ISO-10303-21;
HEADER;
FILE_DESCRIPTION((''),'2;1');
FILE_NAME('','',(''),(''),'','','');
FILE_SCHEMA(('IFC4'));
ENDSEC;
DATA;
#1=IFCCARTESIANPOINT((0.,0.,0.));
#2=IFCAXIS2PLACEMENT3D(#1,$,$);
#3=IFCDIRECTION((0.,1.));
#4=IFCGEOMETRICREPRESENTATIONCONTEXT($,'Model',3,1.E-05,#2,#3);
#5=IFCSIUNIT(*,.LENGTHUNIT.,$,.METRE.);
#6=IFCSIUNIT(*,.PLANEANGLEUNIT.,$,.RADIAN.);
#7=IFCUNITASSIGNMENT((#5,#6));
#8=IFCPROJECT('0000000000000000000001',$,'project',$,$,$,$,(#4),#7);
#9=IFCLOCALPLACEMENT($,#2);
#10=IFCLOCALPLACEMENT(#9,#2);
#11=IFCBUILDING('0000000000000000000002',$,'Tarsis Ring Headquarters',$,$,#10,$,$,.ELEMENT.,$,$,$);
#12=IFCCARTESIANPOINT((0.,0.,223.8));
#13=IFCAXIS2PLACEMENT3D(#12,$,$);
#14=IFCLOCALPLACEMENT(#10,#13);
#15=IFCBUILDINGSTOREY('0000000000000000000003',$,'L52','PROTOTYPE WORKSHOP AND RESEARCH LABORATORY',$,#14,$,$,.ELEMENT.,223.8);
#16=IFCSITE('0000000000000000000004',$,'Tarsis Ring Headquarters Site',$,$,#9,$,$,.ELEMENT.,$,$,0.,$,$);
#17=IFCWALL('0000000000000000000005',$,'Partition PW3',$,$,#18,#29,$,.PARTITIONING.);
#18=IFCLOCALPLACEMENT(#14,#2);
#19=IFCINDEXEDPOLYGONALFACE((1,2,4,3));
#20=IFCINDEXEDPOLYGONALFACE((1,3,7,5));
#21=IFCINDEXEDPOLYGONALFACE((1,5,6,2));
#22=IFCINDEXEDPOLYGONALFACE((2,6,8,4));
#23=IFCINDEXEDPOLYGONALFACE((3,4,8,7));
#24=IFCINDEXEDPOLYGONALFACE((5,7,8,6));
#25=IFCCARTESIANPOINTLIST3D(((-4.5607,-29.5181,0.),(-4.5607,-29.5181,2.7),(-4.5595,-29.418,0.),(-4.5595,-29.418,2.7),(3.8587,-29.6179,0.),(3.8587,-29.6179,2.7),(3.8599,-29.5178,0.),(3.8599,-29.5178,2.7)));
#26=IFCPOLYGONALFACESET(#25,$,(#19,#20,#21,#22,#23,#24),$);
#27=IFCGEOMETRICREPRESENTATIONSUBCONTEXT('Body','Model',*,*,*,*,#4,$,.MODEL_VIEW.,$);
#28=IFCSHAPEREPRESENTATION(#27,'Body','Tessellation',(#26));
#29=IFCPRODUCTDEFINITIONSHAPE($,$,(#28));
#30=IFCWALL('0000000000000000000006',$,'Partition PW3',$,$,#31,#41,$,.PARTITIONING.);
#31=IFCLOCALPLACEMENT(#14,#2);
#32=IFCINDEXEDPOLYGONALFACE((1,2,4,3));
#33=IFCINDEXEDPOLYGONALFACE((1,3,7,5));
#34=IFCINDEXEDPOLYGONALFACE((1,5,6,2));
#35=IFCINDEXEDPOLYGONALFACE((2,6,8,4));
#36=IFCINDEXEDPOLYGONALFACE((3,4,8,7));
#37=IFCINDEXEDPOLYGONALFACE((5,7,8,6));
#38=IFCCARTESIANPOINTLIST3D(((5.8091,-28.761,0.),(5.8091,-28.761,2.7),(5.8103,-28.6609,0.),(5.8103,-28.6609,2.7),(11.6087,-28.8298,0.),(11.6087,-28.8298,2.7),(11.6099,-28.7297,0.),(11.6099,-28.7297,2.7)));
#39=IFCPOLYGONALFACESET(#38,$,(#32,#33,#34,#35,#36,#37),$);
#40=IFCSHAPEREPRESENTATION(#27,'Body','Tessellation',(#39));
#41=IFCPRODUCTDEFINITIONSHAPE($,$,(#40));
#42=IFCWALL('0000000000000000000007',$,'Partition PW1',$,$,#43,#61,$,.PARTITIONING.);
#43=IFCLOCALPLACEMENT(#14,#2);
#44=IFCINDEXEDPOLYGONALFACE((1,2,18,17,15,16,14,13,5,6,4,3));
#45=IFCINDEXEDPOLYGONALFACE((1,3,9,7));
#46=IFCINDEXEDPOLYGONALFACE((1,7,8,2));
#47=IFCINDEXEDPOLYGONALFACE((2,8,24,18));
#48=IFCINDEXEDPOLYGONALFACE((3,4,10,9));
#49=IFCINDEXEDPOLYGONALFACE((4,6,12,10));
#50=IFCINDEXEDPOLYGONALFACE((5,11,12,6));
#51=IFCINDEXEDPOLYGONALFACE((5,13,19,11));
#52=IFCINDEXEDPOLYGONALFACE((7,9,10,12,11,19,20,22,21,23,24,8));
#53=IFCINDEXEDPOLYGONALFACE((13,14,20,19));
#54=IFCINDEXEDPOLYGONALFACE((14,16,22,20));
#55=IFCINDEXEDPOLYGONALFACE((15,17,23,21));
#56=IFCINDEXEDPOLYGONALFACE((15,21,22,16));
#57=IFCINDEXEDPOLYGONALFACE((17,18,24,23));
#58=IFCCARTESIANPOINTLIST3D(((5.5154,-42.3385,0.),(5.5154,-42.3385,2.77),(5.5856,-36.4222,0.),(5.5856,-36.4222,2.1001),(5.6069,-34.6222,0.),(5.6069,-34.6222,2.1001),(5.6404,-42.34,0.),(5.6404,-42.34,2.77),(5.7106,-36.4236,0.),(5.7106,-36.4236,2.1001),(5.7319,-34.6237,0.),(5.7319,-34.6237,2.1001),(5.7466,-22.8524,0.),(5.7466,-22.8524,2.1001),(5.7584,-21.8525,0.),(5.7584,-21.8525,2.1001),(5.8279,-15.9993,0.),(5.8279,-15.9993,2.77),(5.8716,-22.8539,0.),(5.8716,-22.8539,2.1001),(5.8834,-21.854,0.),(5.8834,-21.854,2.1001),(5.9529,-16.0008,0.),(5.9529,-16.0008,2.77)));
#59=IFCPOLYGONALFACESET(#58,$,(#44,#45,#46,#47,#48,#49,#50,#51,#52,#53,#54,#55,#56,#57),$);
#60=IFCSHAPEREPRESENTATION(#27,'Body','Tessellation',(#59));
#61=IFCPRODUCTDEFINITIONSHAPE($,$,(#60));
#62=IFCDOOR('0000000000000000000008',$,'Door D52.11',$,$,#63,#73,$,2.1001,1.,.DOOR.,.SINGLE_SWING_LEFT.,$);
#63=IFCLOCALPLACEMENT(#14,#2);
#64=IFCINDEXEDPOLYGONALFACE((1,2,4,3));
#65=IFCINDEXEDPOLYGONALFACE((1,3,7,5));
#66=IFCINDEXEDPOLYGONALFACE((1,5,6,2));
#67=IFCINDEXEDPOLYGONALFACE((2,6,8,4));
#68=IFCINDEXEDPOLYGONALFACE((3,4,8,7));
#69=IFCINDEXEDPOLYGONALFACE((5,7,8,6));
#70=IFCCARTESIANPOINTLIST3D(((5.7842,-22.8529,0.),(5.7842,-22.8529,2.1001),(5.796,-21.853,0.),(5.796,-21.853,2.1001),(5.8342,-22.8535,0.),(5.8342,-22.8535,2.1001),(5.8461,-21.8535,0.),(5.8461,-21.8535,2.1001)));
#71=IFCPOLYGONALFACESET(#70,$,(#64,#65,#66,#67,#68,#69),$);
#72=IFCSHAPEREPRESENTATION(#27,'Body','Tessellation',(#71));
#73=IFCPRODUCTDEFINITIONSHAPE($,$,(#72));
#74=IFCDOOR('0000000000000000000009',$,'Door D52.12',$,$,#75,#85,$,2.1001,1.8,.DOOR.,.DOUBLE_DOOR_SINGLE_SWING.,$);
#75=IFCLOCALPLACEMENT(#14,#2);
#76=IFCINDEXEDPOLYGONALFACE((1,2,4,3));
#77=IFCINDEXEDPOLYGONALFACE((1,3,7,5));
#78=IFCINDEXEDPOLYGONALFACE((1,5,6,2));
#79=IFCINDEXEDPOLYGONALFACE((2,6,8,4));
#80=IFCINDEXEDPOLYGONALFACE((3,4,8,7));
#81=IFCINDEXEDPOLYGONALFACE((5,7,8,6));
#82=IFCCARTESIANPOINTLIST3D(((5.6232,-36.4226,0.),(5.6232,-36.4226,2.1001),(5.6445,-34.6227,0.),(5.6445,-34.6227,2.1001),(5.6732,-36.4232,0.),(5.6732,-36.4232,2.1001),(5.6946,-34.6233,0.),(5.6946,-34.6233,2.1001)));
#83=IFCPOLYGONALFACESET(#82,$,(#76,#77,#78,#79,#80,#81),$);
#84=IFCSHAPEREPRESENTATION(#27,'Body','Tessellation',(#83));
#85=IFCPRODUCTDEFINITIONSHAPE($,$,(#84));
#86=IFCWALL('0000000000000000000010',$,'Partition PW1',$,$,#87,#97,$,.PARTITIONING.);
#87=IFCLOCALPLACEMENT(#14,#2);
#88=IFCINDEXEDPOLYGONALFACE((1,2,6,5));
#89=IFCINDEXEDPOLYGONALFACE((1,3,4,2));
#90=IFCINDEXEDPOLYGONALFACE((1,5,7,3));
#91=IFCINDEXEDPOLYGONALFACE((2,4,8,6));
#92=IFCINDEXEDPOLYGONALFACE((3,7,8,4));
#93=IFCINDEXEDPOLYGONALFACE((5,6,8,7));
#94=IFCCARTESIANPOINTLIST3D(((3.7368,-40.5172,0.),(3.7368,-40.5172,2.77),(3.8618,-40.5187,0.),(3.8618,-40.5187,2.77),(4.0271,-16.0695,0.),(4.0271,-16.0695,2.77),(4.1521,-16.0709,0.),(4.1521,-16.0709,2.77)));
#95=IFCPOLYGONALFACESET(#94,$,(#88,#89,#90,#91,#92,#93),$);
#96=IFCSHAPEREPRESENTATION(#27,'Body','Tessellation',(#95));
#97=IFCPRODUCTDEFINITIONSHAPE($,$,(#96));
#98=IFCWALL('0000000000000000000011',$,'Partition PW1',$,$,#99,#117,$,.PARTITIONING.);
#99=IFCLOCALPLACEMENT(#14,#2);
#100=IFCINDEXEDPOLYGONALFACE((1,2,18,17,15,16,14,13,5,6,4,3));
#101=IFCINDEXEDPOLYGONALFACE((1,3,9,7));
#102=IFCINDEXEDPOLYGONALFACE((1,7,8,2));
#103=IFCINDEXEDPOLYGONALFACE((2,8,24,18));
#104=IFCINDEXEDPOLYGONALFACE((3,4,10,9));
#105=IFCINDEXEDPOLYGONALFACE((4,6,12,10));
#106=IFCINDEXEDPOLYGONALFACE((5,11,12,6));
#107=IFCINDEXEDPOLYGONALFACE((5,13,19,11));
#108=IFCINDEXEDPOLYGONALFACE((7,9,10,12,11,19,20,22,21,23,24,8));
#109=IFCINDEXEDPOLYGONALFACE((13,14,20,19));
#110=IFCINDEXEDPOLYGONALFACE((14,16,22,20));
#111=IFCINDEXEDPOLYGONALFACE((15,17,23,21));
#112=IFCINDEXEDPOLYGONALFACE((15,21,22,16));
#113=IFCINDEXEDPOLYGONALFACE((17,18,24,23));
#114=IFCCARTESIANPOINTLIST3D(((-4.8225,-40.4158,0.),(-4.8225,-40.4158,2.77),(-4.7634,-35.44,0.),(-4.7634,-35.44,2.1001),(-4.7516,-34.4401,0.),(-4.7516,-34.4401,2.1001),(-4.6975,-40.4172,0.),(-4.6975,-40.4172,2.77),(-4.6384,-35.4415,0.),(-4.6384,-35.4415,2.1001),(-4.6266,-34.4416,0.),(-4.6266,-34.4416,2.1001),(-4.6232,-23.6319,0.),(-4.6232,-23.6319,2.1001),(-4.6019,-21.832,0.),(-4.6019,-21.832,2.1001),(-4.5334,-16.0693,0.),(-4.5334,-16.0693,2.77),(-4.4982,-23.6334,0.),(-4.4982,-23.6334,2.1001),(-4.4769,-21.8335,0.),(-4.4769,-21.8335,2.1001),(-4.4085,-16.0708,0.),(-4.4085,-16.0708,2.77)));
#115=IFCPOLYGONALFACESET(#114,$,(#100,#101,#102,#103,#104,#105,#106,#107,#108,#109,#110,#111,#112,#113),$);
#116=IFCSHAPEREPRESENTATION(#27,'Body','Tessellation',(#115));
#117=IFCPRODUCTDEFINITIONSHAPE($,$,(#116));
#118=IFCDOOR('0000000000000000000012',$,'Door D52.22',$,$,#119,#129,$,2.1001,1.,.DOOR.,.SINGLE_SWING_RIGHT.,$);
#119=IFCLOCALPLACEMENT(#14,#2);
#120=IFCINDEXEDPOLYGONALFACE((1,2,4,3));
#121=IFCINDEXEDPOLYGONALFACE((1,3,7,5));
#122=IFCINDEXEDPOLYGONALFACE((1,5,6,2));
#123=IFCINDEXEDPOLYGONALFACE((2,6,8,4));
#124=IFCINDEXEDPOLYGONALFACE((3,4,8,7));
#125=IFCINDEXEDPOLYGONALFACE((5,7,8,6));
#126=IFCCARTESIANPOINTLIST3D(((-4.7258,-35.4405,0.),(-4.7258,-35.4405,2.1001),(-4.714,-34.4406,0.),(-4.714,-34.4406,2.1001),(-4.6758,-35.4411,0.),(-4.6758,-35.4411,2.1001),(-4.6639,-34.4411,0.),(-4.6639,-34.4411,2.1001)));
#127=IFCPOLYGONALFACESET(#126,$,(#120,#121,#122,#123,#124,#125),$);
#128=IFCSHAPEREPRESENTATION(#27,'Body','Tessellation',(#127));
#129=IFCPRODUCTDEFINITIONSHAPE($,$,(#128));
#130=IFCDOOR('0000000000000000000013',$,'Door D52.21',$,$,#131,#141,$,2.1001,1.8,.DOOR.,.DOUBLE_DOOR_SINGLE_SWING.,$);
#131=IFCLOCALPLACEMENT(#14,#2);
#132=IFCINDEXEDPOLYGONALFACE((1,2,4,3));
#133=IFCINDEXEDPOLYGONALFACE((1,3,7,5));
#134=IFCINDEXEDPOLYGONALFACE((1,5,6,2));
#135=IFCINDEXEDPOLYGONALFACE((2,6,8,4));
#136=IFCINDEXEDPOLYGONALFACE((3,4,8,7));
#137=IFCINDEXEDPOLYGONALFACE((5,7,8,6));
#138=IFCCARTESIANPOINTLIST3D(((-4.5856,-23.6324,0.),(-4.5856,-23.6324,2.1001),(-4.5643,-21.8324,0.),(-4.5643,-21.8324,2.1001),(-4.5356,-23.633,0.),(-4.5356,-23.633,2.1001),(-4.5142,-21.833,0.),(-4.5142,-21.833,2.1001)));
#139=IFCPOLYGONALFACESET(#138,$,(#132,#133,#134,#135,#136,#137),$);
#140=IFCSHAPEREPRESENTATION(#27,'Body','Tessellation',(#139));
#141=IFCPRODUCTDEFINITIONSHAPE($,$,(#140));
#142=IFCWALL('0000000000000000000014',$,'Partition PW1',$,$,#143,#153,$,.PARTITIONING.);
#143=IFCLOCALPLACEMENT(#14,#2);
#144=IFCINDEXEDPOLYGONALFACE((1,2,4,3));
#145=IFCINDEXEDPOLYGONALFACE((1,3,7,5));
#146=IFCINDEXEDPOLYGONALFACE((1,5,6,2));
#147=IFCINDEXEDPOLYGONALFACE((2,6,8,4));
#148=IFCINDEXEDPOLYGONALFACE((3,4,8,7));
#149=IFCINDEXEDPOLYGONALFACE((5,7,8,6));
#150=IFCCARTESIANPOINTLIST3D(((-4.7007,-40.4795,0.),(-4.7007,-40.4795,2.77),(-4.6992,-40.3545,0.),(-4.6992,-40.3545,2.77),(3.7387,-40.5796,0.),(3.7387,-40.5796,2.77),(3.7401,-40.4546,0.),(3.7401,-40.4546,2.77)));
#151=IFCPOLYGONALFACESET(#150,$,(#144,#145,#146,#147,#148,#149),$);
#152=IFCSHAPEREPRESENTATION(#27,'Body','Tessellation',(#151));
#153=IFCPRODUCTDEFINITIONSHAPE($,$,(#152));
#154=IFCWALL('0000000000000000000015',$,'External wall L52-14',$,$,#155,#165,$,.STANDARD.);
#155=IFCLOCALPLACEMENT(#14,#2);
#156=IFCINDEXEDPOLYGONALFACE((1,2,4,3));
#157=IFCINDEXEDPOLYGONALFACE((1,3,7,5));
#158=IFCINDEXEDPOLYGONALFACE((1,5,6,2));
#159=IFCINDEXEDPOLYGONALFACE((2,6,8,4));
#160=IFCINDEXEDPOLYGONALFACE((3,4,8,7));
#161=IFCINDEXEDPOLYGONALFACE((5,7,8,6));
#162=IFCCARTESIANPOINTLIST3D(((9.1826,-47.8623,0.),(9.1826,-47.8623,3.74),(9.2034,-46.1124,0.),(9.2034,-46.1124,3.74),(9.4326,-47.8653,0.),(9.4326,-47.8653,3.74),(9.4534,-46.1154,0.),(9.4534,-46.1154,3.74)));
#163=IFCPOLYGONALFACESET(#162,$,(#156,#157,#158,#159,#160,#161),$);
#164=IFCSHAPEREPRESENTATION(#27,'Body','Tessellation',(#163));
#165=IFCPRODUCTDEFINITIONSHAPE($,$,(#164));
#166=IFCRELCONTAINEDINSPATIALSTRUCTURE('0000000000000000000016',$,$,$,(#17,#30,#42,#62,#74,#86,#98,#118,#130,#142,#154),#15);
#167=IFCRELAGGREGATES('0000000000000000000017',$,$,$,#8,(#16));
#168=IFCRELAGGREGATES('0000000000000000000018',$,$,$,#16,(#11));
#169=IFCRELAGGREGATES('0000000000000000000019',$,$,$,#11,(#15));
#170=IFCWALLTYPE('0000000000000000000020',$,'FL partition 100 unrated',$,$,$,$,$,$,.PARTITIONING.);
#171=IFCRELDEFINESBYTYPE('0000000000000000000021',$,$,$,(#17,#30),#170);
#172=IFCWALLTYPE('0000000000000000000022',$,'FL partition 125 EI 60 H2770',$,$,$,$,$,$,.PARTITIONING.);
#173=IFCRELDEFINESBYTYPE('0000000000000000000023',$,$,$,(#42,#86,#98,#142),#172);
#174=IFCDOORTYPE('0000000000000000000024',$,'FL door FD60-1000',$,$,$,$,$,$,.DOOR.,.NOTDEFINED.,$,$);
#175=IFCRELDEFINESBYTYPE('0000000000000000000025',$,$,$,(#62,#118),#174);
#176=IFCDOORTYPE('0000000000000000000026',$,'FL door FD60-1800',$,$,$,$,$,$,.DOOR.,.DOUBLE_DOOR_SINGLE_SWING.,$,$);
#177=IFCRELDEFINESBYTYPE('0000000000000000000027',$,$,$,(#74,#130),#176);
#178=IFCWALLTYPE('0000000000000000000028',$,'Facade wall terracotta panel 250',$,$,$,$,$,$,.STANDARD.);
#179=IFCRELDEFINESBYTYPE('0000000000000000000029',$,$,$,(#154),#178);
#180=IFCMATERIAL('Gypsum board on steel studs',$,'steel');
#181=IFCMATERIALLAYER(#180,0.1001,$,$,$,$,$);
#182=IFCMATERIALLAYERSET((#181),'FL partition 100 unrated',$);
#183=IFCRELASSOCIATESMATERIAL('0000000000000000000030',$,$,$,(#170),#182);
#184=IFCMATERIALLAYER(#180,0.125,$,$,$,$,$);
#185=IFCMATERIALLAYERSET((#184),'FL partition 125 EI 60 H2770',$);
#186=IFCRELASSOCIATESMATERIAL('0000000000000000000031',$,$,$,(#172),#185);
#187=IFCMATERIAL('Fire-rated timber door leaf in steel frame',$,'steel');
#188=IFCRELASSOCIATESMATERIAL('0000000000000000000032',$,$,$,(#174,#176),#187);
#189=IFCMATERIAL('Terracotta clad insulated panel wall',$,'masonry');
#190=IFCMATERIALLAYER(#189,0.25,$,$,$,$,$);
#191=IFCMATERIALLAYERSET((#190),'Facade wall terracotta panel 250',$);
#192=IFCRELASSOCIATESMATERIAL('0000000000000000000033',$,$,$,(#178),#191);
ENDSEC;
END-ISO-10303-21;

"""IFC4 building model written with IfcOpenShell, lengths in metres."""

from ifc_helpers import new_model, si_unit, direction, frame, frame_2d, origin, place, context, subcontext, project, spatial, rectangle, extrude, material, layer, layer_set, type_object, element, fill, save


model = new_model("IFC4")

# Units and contexts
model_context = context("Model", 3, precision=1e-05, world=origin(), true_north=direction((0.0, 1.0)))
body_context = subcontext(model_context, "Body", "Model", "MODEL_VIEW")
ifc_project = project(units=[si_unit("LENGTHUNIT", "METRE"), si_unit("PLANEANGLEUNIT", "RADIAN")], contexts=[model_context])

# Site, building, storey
site_placement = place(None, origin())
site = spatial("IfcSite", under=ifc_project, at=site_placement, Name="Tarsis Ring Headquarters Site", CompositionType="ELEMENT", RefElevation=0.0)
building_placement = place(site_placement, origin())
building = spatial("IfcBuilding", under=site, at=building_placement, Name="Tarsis Ring Headquarters", CompositionType="ELEMENT")
storey_placement = place(building_placement, frame((0.0, 0.0, 223.8)))
storey = spatial("IfcBuildingStorey", under=building, at=storey_placement, Name="L52", Description="PROTOTYPE WORKSHOP AND RESEARCH LABORATORY", CompositionType="ELEMENT", Elevation=223.8)

# Walls
ifc_material_1 = material(Name="Gypsum board on steel studs", Category="steel")
ifc_layer_1 = layer(ifc_material_1, 0.1001)
ifc_layer_set_1 = layer_set([ifc_layer_1], Name="FL partition 100 unrated")
wall_type_1 = type_object("IfcWallType", Name="FL partition 100 unrated", PredefinedType="PARTITIONING", material=ifc_layer_set_1)
wall_1_placement = place(storey_placement, frame((-4.5601, -29.468, 0.0), z_axis=(0.0, 0.0, 1.0), x_axis=(0.99993, -0.011859, 0.0)))
element("IfcWall", 1, at=wall_1_placement, inside=storey, type_object=wall_type_1, Name="Partition PW3", PredefinedType="PARTITIONING", context=body_context, shape_type="SweptSolid", body=[
    extrude(rectangle(XDim=8.4199, YDim=0.1001, at=frame_2d((4.21, 0.0))), origin(), (0.0, 0.0, 1.0), 2.7),
])
wall_2_placement = place(storey_placement, frame((5.8098, -28.7109, 0.0), z_axis=(0.0, 0.0, 1.0), x_axis=(0.99993, -0.01187, 0.0)))
element("IfcWall", 2, at=wall_2_placement, inside=storey, type_object=wall_type_1, Name="Partition PW3", PredefinedType="PARTITIONING", context=body_context, shape_type="SweptSolid", body=[
    extrude(rectangle(XDim=5.8, YDim=0.1001, at=frame_2d((2.8999, 0.0))), origin(), (0.0, 0.0, 1.0), 2.7),
])

# Wall, openings, doors
ifc_layer_2 = layer(ifc_material_1, 0.125)
ifc_layer_set_2 = layer_set([ifc_layer_2], Name="FL partition 125 EI 60 H2770")
wall_type_2 = type_object("IfcWallType", Name="FL partition 125 EI 60 H2770", PredefinedType="PARTITIONING", material=ifc_layer_set_2)
wall_3_placement = place(storey_placement, frame((5.5779, -42.3391, 0.0), z_axis=(0.0, 0.0, 1.0), x_axis=(0.011864, 0.99993, 0.0)))
wall_3 = element("IfcWall", 3, at=wall_3_placement, inside=storey, type_object=wall_type_2, Name="Partition PW1", PredefinedType="PARTITIONING", context=body_context, shape_type="SweptSolid", body=[
    extrude(rectangle(XDim=26.3411, YDim=0.125, at=frame_2d((13.1704, 0.0))), origin(), (0.0, 0.0, 1.0), 2.77),
])
opening_1_placement = place(wall_3_placement, frame((19.4873, 0.0, 0.0)))
opening_1 = element("IfcOpeningElement", 4, at=opening_1_placement, cuts=wall_3, PredefinedType="OPENING", context=body_context, shape_type="SweptSolid", body=[
    extrude(rectangle(XDim=1.0, YDim=2.1001, at=frame_2d((0.5, 1.05))), frame((0.0, 0.0725, 0.0), z_axis=(0.0, -1.0, 0.0), x_axis=(1.0, 0.0, 0.0)), (0.0, 0.0, 1.0), 0.145),
])
opening_2_placement = place(wall_3_placement, frame((5.9167, 0.0, 0.0)))
opening_2 = element("IfcOpeningElement", 5, at=opening_2_placement, cuts=wall_3, PredefinedType="OPENING", context=body_context, shape_type="SweptSolid", body=[
    extrude(rectangle(XDim=1.8, YDim=2.1001, at=frame_2d((0.8999, 1.05))), frame((0.0, 0.0725, 0.0), z_axis=(0.0, -1.0, 0.0), x_axis=(1.0, 0.0, 0.0)), (0.0, 0.0, 1.0), 0.145),
])
ifc_material_2 = material(Name="Fire-rated timber door leaf in steel frame", Category="steel")
door_type_1 = type_object("IfcDoorType", Name="FL door FD60-1000", OperationType="NOTDEFINED", PredefinedType="DOOR", material=ifc_material_2)
door_1_placement = place(opening_1_placement, origin())
door_1 = element("IfcDoor", 6, at=door_1_placement, inside=storey, type_object=door_type_1, Name="Door D52.11", OperationType="SINGLE_SWING_LEFT", OverallHeight=2.1001, OverallWidth=1.0, PredefinedType="DOOR", context=body_context, shape_type="SweptSolid", body=[
    extrude(rectangle(XDim=1.0, YDim=2.1001, at=frame_2d((0.5, 1.05))), frame((0.0, 0.0249, 0.0), z_axis=(0.0, -1.0, 0.0), x_axis=(1.0, 0.0, 0.0)), (0.0, 0.0, 1.0), 0.05),
])
fill(opening_1, door_1)
door_type_2 = type_object("IfcDoorType", Name="FL door FD60-1800", OperationType="DOUBLE_DOOR_SINGLE_SWING", PredefinedType="DOOR", material=ifc_material_2)
door_2_placement = place(opening_2_placement, origin())
door_2 = element("IfcDoor", 7, at=door_2_placement, inside=storey, type_object=door_type_2, Name="Door D52.12", OperationType="DOUBLE_DOOR_SINGLE_SWING", OverallHeight=2.1001, OverallWidth=1.8, PredefinedType="DOOR", context=body_context, shape_type="SweptSolid", body=[
    extrude(rectangle(XDim=1.8, YDim=2.1001, at=frame_2d((0.8999, 1.05))), frame((0.0, 0.0249, 0.0), z_axis=(0.0, -1.0, 0.0), x_axis=(1.0, 0.0, 0.0)), (0.0, 0.0, 1.0), 0.05),
])
fill(opening_2, door_2)

# Wall
wall_4_placement = place(storey_placement, frame((3.7993, -40.5178, 0.0), z_axis=(0.0, 0.0, 1.0), x_axis=(0.011873, 0.99993, 0.0)))
element("IfcWall", 8, at=wall_4_placement, inside=storey, type_object=wall_type_2, Name="Partition PW1", PredefinedType="PARTITIONING", context=body_context, shape_type="SweptSolid", body=[
    extrude(rectangle(XDim=24.4495, YDim=0.125, at=frame_2d((12.2246, 0.0))), origin(), (0.0, 0.0, 1.0), 2.77),
])

# Wall, openings, doors
wall_5_placement = place(storey_placement, frame((-4.76, -40.4165, 0.0), z_axis=(0.0, 0.0, 1.0), x_axis=(0.011872, 0.99993, 0.0)))
wall_5 = element("IfcWall", 9, at=wall_5_placement, inside=storey, type_object=wall_type_2, Name="Partition PW1", PredefinedType="PARTITIONING", context=body_context, shape_type="SweptSolid", body=[
    extrude(rectangle(XDim=24.3481, YDim=0.125, at=frame_2d((12.1741, 0.0))), origin(), (0.0, 0.0, 1.0), 2.77),
])
opening_3_placement = place(wall_5_placement, frame((16.7852, 0.0, 0.0)))
opening_3 = element("IfcOpeningElement", 10, at=opening_3_placement, cuts=wall_5, PredefinedType="OPENING", context=body_context, shape_type="SweptSolid", body=[
    extrude(rectangle(XDim=1.8, YDim=2.1001, at=frame_2d((0.8999, 1.05))), frame((0.0, 0.0725, 0.0), z_axis=(0.0, -1.0, 0.0), x_axis=(1.0, 0.0, 0.0)), (0.0, 0.0, 1.0), 0.145),
])
opening_4_placement = place(wall_5_placement, frame((4.9761, 0.0, 0.0)))
opening_4 = element("IfcOpeningElement", 11, at=opening_4_placement, cuts=wall_5, PredefinedType="OPENING", context=body_context, shape_type="SweptSolid", body=[
    extrude(rectangle(XDim=1.0, YDim=2.1001, at=frame_2d((0.5, 1.05))), frame((0.0, 0.0725, 0.0), z_axis=(0.0, -1.0, 0.0), x_axis=(1.0, 0.0, 0.0)), (0.0, 0.0, 1.0), 0.145),
])
door_3_placement = place(opening_4_placement, origin())
door_3 = element("IfcDoor", 12, at=door_3_placement, inside=storey, type_object=door_type_1, Name="Door D52.22", OperationType="SINGLE_SWING_RIGHT", OverallHeight=2.1001, OverallWidth=1.0, PredefinedType="DOOR", context=body_context, shape_type="SweptSolid", body=[
    extrude(rectangle(XDim=1.0, YDim=2.1001, at=frame_2d((0.5, 1.05))), frame((0.0, 0.0249, 0.0), z_axis=(0.0, -1.0, 0.0), x_axis=(1.0, 0.0, 0.0)), (0.0, 0.0, 1.0), 0.05),
])
fill(opening_4, door_3)
door_4_placement = place(opening_3_placement, origin())
door_4 = element("IfcDoor", 13, at=door_4_placement, inside=storey, type_object=door_type_2, Name="Door D52.21", OperationType="DOUBLE_DOOR_SINGLE_SWING", OverallHeight=2.1001, OverallWidth=1.8, PredefinedType="DOOR", context=body_context, shape_type="SweptSolid", body=[
    extrude(rectangle(XDim=1.8, YDim=2.1001, at=frame_2d((0.8999, 1.05))), frame((0.0, 0.0249, 0.0), z_axis=(0.0, -1.0, 0.0), x_axis=(1.0, 0.0, 0.0)), (0.0, 0.0, 1.0), 0.05),
])
fill(opening_3, door_4)

# Walls
wall_6_placement = place(storey_placement, frame((-4.7, -40.417, 0.0), z_axis=(0.0, 0.0, 1.0), x_axis=(0.99993, -0.01186, 0.0)))
element("IfcWall", 14, at=wall_6_placement, inside=storey, type_object=wall_type_2, Name="Partition PW1", PredefinedType="PARTITIONING", context=body_context, shape_type="SweptSolid", body=[
    extrude(rectangle(XDim=8.4399, YDim=0.125, at=frame_2d((4.22, 0.0))), origin(), (0.0, 0.0, 1.0), 2.77),
])
ifc_material_3 = material(Name="Terracotta clad insulated panel wall", Category="masonry")
ifc_layer_3 = layer(ifc_material_3, 0.25)
ifc_layer_set_3 = layer_set([ifc_layer_3], Name="Facade wall terracotta panel 250")
wall_type_3 = type_object("IfcWallType", Name="Facade wall terracotta panel 250", PredefinedType="STANDARD", material=ifc_layer_set_3)
wall_7_placement = place(storey_placement, frame((9.3076, -47.8638, 0.0), z_axis=(0.0, 0.0, 1.0), x_axis=(0.011859, 0.99993, 0.0)))
element("IfcWall", 15, at=wall_7_placement, inside=storey, type_object=wall_type_3, Name="External wall L52-14", PredefinedType="STANDARD", context=body_context, shape_type="SweptSolid", body=[
    extrude(rectangle(XDim=1.75, YDim=0.25, at=frame_2d((0.875, 0.0))), origin(), (0.0, 0.0, 1.0), 3.74),
])

save(model, "model.ifc")
